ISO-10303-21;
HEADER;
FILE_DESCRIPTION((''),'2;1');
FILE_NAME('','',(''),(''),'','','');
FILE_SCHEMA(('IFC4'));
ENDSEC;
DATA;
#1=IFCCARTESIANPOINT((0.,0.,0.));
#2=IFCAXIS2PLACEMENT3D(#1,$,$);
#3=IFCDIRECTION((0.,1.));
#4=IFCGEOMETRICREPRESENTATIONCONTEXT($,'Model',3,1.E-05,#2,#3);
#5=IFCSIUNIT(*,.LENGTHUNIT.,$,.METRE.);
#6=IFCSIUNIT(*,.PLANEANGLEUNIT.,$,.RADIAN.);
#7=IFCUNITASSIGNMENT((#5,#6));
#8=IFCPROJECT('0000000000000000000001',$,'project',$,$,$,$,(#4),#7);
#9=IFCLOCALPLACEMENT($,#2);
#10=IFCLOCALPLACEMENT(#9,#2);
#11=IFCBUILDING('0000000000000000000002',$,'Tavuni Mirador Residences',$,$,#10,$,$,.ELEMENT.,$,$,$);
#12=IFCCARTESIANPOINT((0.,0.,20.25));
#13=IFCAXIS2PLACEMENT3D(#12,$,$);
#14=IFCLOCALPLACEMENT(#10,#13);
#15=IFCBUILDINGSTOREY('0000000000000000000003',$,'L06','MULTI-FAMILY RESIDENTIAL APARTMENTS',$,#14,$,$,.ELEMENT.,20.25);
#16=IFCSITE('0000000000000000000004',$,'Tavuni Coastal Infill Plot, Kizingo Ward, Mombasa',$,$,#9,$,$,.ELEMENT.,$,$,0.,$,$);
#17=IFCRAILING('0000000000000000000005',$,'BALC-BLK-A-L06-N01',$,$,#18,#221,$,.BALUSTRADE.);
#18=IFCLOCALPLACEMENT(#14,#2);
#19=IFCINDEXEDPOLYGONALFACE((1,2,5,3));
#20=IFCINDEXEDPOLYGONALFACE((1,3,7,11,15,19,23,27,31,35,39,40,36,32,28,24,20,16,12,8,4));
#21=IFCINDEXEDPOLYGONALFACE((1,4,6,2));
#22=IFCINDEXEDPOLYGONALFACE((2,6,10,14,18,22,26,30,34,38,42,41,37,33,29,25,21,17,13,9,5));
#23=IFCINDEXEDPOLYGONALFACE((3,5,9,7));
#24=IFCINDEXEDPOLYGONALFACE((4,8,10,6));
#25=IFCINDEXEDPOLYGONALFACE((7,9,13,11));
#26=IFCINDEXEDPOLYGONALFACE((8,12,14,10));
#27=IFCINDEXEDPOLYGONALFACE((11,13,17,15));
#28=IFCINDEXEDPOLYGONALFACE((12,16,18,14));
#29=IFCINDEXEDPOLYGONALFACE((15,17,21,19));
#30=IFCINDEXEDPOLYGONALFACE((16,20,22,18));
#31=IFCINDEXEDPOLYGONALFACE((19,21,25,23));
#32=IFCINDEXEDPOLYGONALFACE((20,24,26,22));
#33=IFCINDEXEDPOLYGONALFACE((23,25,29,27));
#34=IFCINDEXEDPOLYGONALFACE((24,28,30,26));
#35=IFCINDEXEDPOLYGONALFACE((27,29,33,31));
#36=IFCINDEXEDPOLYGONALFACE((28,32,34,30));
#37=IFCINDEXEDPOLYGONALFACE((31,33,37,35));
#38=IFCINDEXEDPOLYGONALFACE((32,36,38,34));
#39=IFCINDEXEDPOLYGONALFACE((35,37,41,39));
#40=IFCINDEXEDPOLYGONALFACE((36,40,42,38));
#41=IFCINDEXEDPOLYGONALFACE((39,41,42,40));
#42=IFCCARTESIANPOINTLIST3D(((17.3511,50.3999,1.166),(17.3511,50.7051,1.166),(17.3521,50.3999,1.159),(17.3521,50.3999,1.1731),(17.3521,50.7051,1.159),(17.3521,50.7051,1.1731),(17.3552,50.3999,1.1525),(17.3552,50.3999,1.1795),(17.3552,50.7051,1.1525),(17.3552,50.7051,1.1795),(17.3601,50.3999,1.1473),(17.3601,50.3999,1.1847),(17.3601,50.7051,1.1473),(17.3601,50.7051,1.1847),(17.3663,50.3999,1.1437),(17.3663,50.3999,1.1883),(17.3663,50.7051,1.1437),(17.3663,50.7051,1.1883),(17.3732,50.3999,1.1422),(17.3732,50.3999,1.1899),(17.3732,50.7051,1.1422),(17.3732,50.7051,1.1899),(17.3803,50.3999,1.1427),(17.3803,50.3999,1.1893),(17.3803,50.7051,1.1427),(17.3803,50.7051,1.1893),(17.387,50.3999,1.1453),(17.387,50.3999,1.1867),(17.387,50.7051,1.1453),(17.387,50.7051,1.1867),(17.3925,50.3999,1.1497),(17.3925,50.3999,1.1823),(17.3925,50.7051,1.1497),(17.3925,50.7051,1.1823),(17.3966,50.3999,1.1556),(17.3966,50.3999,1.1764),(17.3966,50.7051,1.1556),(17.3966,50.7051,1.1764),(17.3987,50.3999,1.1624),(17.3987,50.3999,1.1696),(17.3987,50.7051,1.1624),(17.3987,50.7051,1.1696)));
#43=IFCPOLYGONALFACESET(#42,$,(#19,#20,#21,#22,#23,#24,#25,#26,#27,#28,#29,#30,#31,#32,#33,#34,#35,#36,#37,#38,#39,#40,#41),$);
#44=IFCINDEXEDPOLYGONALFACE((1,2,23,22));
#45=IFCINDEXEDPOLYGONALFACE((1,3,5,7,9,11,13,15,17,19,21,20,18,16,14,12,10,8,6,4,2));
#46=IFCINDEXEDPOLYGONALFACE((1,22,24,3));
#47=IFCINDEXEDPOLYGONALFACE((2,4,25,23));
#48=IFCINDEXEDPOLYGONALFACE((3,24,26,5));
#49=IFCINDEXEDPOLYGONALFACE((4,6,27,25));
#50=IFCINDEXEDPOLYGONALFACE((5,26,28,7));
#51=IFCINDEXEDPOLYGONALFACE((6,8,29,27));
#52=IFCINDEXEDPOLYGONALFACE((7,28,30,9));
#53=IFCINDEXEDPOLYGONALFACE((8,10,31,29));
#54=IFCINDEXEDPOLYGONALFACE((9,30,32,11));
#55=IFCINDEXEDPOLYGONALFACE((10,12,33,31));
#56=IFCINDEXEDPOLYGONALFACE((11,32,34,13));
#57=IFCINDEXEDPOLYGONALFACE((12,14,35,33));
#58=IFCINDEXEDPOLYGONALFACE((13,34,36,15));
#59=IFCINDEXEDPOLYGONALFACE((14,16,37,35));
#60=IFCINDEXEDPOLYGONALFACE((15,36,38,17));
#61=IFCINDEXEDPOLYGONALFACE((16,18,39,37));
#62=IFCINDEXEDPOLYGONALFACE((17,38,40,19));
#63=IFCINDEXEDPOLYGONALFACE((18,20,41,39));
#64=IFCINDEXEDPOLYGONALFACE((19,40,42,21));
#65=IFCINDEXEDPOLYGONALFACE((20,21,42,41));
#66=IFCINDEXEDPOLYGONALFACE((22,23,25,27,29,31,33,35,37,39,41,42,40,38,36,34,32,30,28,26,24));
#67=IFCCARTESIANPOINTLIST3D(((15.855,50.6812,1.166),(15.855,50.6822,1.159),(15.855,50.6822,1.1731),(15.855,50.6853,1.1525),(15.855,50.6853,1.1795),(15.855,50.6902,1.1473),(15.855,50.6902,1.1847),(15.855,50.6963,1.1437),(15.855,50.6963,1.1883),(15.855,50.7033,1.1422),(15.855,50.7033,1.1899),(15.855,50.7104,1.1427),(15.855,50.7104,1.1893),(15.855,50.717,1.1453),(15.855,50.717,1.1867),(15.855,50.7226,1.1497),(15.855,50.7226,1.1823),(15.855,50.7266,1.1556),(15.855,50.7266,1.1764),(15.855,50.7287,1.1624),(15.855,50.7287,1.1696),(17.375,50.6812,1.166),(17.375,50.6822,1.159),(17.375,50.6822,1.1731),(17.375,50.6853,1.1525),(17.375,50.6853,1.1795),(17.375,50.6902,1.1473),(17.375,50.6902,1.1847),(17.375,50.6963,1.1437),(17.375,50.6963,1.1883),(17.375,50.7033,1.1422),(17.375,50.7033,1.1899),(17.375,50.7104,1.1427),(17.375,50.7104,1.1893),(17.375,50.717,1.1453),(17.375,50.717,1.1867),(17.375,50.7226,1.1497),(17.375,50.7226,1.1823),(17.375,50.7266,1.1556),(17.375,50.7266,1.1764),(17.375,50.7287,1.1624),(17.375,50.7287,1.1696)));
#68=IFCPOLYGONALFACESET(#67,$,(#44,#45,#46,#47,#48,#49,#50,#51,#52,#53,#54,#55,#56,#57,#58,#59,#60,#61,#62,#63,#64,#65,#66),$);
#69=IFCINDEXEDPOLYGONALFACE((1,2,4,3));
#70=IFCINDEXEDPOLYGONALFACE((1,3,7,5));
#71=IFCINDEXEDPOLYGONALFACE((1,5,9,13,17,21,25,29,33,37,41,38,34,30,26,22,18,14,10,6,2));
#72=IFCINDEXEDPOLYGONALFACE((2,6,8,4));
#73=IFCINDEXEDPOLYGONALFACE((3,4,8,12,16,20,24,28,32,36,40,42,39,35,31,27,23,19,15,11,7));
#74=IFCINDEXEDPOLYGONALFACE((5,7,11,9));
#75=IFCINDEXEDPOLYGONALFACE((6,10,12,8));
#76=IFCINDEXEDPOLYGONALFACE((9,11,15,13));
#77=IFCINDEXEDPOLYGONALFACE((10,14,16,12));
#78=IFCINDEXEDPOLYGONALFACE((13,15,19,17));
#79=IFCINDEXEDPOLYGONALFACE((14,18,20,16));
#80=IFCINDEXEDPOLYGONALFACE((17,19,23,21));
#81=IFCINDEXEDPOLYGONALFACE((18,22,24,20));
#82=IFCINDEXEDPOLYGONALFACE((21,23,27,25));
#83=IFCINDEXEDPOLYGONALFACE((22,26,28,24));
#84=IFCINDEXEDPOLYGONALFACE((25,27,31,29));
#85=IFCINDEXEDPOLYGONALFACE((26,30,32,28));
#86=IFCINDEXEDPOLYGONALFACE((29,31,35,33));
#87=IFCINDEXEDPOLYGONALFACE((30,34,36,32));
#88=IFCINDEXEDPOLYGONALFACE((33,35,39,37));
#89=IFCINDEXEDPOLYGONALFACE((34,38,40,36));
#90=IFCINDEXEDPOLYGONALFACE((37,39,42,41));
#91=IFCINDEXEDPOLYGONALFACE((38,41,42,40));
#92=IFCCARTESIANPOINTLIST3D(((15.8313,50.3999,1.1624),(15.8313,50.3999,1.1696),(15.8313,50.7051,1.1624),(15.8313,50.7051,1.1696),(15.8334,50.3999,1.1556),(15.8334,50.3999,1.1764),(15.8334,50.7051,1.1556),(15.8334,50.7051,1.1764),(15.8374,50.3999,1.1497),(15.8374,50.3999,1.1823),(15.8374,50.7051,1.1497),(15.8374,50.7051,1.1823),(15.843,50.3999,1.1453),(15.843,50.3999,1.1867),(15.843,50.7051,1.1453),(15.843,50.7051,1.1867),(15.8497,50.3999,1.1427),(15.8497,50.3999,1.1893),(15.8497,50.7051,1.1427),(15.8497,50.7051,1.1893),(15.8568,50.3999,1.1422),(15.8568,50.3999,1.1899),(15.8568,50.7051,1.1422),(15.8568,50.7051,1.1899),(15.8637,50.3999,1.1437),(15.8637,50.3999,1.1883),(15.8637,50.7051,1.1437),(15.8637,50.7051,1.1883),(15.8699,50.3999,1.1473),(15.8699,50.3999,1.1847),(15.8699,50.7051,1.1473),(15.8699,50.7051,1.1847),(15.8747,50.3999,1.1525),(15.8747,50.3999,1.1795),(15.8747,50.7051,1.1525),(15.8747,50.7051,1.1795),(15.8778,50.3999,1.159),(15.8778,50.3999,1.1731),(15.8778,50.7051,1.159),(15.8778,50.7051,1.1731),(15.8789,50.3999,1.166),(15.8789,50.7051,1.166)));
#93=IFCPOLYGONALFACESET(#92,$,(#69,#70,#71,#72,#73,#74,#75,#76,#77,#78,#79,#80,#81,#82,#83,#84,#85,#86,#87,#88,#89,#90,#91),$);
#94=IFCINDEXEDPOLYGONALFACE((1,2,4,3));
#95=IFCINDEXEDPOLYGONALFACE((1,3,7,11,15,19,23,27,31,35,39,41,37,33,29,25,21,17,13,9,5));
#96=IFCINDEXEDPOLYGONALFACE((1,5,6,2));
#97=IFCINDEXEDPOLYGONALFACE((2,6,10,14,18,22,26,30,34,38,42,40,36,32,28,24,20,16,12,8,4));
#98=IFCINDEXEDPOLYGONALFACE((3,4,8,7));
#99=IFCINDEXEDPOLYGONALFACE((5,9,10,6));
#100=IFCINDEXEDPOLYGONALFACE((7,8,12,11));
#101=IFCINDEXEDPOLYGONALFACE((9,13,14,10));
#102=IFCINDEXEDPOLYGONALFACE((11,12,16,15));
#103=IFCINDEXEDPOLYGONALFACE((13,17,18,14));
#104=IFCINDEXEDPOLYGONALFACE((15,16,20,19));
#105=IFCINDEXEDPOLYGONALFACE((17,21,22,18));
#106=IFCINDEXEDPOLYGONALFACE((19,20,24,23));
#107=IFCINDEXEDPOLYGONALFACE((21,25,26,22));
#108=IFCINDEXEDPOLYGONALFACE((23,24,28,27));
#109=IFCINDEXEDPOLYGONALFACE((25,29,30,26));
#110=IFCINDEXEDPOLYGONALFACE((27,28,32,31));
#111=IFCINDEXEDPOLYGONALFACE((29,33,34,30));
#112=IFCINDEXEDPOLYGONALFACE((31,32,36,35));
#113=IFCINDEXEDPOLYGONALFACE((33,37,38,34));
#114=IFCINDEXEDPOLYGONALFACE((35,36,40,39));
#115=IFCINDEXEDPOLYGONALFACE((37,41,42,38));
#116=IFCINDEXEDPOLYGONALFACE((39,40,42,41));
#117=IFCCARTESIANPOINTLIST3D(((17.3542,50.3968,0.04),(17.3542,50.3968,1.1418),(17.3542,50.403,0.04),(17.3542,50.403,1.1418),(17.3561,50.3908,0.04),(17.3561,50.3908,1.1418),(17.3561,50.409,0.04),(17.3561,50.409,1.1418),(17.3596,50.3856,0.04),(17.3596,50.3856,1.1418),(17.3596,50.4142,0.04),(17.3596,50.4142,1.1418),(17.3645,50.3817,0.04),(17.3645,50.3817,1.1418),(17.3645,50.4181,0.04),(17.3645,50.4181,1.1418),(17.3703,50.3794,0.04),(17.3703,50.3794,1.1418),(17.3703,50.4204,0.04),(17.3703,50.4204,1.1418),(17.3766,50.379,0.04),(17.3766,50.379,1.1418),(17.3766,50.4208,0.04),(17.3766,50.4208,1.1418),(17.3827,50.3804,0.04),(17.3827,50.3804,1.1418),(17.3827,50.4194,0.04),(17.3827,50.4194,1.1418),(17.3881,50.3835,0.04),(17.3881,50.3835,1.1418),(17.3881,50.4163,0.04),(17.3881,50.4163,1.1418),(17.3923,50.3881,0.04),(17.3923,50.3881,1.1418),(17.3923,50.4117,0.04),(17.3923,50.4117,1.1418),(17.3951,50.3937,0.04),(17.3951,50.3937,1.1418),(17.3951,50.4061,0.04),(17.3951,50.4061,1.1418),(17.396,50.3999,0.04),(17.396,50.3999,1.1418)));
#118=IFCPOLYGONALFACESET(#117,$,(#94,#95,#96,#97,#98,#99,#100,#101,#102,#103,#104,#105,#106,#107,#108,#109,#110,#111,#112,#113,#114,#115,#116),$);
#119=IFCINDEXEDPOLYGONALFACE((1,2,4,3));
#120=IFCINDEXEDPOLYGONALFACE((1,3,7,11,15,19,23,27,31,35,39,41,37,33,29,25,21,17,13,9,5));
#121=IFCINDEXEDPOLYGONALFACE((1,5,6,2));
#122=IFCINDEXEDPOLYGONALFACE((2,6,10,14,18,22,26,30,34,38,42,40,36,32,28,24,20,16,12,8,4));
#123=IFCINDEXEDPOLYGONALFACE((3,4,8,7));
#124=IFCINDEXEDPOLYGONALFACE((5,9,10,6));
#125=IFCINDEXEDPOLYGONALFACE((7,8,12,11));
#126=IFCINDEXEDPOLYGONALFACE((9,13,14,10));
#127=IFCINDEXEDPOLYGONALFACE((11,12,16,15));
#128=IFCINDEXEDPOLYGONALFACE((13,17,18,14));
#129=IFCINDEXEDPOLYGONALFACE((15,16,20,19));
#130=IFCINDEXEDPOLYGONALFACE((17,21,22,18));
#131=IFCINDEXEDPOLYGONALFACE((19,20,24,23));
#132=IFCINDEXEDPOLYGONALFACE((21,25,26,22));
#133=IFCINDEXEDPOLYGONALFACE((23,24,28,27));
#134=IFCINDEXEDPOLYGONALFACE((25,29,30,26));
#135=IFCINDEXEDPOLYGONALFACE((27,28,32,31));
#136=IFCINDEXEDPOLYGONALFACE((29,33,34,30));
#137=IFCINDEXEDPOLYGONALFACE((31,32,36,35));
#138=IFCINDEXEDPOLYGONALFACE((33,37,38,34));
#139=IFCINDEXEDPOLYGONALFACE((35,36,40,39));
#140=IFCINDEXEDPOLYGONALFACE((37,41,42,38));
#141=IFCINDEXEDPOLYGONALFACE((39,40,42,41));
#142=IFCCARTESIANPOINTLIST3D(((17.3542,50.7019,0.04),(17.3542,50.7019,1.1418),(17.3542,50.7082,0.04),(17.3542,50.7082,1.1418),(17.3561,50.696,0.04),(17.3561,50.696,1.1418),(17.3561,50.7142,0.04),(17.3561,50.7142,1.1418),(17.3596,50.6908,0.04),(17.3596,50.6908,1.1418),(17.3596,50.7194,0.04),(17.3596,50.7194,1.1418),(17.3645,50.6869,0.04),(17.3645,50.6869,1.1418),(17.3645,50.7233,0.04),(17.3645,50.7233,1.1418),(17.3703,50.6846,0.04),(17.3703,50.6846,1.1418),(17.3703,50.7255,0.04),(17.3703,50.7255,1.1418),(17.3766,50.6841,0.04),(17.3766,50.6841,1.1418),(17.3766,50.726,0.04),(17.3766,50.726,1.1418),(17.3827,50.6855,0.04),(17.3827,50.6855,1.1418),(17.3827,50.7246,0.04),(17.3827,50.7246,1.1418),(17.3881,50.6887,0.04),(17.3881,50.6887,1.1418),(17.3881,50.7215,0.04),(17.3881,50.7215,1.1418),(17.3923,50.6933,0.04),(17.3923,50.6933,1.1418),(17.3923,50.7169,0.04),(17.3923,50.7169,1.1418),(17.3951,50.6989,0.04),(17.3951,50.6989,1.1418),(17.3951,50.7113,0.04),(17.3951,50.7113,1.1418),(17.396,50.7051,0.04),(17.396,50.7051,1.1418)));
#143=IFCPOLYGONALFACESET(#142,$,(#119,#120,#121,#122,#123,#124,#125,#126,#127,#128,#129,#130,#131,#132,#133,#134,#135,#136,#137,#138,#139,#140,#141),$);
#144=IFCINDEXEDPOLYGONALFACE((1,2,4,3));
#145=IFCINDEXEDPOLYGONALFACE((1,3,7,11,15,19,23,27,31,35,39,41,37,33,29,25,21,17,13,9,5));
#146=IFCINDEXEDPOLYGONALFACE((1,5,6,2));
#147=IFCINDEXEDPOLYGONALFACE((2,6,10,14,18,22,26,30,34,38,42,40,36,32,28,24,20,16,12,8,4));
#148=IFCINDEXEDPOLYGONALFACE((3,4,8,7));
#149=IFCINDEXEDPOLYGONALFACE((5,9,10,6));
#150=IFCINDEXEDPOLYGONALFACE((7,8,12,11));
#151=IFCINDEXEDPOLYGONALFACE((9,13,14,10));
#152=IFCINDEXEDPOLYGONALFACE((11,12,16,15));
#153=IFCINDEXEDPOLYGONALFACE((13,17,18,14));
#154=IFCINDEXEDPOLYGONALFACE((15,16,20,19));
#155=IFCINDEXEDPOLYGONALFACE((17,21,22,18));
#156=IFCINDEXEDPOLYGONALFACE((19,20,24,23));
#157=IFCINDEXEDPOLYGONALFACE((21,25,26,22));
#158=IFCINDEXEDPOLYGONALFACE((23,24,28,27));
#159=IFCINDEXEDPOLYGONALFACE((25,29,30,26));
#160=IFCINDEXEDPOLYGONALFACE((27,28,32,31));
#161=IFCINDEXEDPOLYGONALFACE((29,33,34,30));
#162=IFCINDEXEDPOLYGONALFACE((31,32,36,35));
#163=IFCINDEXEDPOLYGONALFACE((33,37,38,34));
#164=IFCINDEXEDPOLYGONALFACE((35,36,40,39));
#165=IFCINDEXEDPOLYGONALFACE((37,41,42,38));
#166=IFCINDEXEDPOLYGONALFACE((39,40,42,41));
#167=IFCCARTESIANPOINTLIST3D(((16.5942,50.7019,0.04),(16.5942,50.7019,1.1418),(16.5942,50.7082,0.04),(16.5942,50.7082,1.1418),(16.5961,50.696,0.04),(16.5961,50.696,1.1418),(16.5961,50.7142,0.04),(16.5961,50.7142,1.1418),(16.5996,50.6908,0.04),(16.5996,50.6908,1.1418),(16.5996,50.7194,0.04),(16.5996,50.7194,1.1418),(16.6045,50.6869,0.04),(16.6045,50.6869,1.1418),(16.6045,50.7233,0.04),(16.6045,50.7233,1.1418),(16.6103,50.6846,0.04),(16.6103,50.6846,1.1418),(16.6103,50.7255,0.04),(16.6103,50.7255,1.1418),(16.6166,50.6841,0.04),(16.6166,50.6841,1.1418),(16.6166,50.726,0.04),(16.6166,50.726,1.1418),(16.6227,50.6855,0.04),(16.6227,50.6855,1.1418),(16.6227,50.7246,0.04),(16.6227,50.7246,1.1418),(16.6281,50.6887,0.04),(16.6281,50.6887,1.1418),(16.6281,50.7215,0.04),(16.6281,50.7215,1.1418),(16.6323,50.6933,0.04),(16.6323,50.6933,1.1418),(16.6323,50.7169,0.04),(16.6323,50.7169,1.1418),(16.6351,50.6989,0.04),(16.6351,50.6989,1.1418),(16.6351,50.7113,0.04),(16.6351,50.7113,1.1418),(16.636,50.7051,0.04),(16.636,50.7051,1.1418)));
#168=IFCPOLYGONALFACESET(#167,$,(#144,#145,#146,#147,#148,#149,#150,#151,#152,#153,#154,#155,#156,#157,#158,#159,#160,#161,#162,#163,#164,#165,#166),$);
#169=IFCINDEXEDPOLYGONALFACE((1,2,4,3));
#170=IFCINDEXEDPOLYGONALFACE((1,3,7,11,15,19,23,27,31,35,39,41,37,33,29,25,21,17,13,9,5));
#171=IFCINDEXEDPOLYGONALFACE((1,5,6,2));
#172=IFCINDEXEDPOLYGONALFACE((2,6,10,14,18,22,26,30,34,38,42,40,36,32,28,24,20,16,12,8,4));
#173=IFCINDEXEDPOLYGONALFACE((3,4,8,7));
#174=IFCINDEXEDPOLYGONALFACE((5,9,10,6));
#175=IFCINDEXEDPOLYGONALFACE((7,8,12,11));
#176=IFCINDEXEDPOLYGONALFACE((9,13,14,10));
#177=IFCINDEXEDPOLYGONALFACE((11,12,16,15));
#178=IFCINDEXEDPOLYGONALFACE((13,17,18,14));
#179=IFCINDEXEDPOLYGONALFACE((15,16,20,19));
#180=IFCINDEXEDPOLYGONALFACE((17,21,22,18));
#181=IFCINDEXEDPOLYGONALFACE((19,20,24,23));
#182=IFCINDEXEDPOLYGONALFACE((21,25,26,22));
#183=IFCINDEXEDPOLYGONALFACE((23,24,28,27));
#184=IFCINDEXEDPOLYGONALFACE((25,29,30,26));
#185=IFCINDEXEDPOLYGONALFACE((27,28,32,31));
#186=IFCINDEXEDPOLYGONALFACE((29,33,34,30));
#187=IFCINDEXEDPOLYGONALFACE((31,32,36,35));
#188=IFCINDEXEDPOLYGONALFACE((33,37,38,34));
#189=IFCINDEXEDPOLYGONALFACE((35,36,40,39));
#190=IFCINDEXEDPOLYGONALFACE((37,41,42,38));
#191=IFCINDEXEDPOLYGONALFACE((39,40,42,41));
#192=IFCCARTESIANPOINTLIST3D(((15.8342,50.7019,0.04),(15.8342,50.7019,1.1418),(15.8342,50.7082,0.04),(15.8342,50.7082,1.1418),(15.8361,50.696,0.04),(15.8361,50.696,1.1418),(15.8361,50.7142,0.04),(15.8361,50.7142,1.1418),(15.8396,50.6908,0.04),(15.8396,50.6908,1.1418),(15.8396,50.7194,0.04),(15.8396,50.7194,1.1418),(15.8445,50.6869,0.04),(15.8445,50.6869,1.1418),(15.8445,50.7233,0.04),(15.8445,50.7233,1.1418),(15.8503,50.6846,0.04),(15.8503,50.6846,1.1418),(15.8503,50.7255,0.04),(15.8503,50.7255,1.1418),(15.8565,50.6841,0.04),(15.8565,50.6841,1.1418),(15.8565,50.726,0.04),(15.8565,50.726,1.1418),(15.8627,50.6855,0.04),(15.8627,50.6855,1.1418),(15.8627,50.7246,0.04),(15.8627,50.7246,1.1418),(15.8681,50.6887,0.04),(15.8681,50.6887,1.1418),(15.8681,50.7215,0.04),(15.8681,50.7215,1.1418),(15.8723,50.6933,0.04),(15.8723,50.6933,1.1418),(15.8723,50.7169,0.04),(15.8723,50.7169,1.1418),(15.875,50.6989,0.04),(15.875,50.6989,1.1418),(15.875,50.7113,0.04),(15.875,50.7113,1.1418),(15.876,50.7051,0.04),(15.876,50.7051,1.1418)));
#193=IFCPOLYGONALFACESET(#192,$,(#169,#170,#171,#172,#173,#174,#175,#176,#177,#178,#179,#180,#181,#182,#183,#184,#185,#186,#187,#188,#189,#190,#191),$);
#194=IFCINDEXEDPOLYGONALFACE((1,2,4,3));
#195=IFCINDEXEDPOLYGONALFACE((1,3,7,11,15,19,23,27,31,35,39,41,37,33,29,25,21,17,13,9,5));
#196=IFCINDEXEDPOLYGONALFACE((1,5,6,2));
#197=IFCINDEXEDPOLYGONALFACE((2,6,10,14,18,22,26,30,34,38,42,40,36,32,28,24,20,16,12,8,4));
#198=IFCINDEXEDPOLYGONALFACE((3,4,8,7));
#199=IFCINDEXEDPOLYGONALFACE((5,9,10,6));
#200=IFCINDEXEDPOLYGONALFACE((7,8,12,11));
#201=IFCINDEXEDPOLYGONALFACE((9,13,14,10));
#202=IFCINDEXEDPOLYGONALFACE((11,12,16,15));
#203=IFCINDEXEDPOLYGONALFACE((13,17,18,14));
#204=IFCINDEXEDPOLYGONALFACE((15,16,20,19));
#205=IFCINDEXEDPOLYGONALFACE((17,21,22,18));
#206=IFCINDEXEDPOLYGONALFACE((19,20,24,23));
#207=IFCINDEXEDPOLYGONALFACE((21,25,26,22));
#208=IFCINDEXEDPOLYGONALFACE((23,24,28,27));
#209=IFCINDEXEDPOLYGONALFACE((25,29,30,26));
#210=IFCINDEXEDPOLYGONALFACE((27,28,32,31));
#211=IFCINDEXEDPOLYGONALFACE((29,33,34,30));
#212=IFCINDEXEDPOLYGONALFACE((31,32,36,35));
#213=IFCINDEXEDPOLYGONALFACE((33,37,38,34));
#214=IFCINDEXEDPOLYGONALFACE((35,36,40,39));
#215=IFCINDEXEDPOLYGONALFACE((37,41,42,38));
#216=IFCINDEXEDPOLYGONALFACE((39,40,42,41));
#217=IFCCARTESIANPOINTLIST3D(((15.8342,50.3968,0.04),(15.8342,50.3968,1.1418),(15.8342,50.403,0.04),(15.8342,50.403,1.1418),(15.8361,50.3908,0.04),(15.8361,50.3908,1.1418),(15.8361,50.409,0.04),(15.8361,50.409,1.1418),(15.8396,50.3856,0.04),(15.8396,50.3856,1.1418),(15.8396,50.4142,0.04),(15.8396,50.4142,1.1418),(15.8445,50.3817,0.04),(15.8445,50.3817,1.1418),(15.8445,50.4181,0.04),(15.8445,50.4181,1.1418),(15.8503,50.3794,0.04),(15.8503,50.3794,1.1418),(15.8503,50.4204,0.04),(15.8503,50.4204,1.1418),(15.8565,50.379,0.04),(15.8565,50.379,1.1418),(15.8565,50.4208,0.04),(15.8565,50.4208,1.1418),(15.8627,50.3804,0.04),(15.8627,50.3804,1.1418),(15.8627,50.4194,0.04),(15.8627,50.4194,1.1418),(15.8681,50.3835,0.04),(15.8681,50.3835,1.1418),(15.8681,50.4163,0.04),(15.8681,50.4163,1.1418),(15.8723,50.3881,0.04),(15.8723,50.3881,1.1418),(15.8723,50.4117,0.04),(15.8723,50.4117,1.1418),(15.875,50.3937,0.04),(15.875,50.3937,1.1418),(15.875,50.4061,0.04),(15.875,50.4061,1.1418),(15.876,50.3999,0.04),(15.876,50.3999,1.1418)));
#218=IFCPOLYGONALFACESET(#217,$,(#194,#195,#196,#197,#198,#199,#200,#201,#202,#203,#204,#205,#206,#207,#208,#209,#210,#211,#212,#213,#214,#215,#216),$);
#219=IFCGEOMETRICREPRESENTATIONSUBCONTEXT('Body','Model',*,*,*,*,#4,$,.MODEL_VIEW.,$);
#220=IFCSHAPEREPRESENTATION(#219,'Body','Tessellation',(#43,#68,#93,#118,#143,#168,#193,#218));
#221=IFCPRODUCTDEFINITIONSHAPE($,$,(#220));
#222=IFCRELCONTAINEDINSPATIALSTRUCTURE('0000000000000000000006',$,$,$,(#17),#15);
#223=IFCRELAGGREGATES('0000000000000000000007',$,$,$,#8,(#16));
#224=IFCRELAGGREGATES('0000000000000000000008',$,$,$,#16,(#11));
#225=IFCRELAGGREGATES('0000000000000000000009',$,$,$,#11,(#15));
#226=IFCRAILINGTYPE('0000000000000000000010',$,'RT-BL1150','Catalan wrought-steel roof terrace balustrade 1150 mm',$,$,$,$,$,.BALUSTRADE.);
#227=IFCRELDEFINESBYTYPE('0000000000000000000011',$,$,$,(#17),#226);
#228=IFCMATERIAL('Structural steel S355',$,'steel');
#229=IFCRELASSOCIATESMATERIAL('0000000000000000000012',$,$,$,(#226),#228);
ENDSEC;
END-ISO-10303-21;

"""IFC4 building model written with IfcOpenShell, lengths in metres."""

from ifc_helpers import new_model, si_unit, direction, frame, origin, origin_2d, place, context, subcontext, project, spatial, circle, extrude, material, type_object, element, save


model = new_model("IFC4")

# Units and contexts
model_context = context("Model", 3, precision=1e-05, world=origin(), true_north=direction((0.0, 1.0)))
body_context = subcontext(model_context, "Body", "Model", "MODEL_VIEW")
ifc_project = project(units=[si_unit("LENGTHUNIT", "METRE"), si_unit("PLANEANGLEUNIT", "RADIAN")], contexts=[model_context])

# Site, building, storey
site_placement = place(None, origin())
site = spatial("IfcSite", under=ifc_project, at=site_placement, Name="Tavuni Coastal Infill Plot, Kizingo Ward, Mombasa", CompositionType="ELEMENT", RefElevation=0.0)
building_placement = place(site_placement, origin())
building = spatial("IfcBuilding", under=site, at=building_placement, Name="Tavuni Mirador Residences", CompositionType="ELEMENT")
storey_placement = place(building_placement, frame((0.0, 0.0, 20.25)))
storey = spatial("IfcBuildingStorey", under=building, at=storey_placement, Name="L06", Description="MULTI-FAMILY RESIDENTIAL APARTMENTS", CompositionType="ELEMENT", Elevation=20.25)

# Railing
ifc_material_1 = material(Name="Structural steel S355", Category="steel")
railing_type = type_object("IfcRailingType", Name="RT-BL1150", Description="Catalan wrought-steel roof terrace balustrade 1150 mm", PredefinedType="BALUSTRADE", material=ifc_material_1)
railing_1_placement = place(storey_placement, frame((17.375, 50.3999, 0.04)))
element("IfcRailing", 1, at=railing_1_placement, inside=storey, type_object=railing_type, Name="BALC-BLK-A-L06-N01", PredefinedType="BALUSTRADE", context=body_context, shape_type="SweptSolid", body=[
    extrude(circle(Radius=0.0239, at=origin_2d()), frame((0.0, 0.0, 1.126), z_axis=(0.0, 1.0, 0.0), x_axis=(-1.0, 0.0, 0.0)), (0.0, 0.0, 1.0), 0.3052),
    extrude(circle(Radius=0.0239, at=origin_2d()), frame((0.0, 0.3052, 1.126), z_axis=(-1.0, 0.0, 0.0), x_axis=(0.0, -1.0, 0.0)), (0.0, 0.0, 1.0), 1.52),
    extrude(circle(Radius=0.0239, at=origin_2d()), frame((-1.52, 0.3052, 1.126), z_axis=(0.0, -1.0, 0.0), x_axis=(1.0, 0.0, 0.0)), (0.0, 0.0, 1.0), 0.3052),
    extrude(circle(Radius=0.021, at=origin_2d()), origin(), (0.0, 0.0, 1.0), 1.1018),
    extrude(circle(Radius=0.021, at=origin_2d()), frame((0.0, 0.3052, 0.0)), (0.0, 0.0, 1.0), 1.1018),
    extrude(circle(Radius=0.021, at=origin_2d()), frame((-0.76, 0.3052, 0.0)), (0.0, 0.0, 1.0), 1.1018),
    extrude(circle(Radius=0.021, at=origin_2d()), frame((-1.52, 0.3052, 0.0)), (0.0, 0.0, 1.0), 1.1018),
    extrude(circle(Radius=0.021, at=origin_2d()), frame((-1.52, 0.0, 0.0)), (0.0, 0.0, 1.0), 1.1018),
])

save(model, "model.ifc")
